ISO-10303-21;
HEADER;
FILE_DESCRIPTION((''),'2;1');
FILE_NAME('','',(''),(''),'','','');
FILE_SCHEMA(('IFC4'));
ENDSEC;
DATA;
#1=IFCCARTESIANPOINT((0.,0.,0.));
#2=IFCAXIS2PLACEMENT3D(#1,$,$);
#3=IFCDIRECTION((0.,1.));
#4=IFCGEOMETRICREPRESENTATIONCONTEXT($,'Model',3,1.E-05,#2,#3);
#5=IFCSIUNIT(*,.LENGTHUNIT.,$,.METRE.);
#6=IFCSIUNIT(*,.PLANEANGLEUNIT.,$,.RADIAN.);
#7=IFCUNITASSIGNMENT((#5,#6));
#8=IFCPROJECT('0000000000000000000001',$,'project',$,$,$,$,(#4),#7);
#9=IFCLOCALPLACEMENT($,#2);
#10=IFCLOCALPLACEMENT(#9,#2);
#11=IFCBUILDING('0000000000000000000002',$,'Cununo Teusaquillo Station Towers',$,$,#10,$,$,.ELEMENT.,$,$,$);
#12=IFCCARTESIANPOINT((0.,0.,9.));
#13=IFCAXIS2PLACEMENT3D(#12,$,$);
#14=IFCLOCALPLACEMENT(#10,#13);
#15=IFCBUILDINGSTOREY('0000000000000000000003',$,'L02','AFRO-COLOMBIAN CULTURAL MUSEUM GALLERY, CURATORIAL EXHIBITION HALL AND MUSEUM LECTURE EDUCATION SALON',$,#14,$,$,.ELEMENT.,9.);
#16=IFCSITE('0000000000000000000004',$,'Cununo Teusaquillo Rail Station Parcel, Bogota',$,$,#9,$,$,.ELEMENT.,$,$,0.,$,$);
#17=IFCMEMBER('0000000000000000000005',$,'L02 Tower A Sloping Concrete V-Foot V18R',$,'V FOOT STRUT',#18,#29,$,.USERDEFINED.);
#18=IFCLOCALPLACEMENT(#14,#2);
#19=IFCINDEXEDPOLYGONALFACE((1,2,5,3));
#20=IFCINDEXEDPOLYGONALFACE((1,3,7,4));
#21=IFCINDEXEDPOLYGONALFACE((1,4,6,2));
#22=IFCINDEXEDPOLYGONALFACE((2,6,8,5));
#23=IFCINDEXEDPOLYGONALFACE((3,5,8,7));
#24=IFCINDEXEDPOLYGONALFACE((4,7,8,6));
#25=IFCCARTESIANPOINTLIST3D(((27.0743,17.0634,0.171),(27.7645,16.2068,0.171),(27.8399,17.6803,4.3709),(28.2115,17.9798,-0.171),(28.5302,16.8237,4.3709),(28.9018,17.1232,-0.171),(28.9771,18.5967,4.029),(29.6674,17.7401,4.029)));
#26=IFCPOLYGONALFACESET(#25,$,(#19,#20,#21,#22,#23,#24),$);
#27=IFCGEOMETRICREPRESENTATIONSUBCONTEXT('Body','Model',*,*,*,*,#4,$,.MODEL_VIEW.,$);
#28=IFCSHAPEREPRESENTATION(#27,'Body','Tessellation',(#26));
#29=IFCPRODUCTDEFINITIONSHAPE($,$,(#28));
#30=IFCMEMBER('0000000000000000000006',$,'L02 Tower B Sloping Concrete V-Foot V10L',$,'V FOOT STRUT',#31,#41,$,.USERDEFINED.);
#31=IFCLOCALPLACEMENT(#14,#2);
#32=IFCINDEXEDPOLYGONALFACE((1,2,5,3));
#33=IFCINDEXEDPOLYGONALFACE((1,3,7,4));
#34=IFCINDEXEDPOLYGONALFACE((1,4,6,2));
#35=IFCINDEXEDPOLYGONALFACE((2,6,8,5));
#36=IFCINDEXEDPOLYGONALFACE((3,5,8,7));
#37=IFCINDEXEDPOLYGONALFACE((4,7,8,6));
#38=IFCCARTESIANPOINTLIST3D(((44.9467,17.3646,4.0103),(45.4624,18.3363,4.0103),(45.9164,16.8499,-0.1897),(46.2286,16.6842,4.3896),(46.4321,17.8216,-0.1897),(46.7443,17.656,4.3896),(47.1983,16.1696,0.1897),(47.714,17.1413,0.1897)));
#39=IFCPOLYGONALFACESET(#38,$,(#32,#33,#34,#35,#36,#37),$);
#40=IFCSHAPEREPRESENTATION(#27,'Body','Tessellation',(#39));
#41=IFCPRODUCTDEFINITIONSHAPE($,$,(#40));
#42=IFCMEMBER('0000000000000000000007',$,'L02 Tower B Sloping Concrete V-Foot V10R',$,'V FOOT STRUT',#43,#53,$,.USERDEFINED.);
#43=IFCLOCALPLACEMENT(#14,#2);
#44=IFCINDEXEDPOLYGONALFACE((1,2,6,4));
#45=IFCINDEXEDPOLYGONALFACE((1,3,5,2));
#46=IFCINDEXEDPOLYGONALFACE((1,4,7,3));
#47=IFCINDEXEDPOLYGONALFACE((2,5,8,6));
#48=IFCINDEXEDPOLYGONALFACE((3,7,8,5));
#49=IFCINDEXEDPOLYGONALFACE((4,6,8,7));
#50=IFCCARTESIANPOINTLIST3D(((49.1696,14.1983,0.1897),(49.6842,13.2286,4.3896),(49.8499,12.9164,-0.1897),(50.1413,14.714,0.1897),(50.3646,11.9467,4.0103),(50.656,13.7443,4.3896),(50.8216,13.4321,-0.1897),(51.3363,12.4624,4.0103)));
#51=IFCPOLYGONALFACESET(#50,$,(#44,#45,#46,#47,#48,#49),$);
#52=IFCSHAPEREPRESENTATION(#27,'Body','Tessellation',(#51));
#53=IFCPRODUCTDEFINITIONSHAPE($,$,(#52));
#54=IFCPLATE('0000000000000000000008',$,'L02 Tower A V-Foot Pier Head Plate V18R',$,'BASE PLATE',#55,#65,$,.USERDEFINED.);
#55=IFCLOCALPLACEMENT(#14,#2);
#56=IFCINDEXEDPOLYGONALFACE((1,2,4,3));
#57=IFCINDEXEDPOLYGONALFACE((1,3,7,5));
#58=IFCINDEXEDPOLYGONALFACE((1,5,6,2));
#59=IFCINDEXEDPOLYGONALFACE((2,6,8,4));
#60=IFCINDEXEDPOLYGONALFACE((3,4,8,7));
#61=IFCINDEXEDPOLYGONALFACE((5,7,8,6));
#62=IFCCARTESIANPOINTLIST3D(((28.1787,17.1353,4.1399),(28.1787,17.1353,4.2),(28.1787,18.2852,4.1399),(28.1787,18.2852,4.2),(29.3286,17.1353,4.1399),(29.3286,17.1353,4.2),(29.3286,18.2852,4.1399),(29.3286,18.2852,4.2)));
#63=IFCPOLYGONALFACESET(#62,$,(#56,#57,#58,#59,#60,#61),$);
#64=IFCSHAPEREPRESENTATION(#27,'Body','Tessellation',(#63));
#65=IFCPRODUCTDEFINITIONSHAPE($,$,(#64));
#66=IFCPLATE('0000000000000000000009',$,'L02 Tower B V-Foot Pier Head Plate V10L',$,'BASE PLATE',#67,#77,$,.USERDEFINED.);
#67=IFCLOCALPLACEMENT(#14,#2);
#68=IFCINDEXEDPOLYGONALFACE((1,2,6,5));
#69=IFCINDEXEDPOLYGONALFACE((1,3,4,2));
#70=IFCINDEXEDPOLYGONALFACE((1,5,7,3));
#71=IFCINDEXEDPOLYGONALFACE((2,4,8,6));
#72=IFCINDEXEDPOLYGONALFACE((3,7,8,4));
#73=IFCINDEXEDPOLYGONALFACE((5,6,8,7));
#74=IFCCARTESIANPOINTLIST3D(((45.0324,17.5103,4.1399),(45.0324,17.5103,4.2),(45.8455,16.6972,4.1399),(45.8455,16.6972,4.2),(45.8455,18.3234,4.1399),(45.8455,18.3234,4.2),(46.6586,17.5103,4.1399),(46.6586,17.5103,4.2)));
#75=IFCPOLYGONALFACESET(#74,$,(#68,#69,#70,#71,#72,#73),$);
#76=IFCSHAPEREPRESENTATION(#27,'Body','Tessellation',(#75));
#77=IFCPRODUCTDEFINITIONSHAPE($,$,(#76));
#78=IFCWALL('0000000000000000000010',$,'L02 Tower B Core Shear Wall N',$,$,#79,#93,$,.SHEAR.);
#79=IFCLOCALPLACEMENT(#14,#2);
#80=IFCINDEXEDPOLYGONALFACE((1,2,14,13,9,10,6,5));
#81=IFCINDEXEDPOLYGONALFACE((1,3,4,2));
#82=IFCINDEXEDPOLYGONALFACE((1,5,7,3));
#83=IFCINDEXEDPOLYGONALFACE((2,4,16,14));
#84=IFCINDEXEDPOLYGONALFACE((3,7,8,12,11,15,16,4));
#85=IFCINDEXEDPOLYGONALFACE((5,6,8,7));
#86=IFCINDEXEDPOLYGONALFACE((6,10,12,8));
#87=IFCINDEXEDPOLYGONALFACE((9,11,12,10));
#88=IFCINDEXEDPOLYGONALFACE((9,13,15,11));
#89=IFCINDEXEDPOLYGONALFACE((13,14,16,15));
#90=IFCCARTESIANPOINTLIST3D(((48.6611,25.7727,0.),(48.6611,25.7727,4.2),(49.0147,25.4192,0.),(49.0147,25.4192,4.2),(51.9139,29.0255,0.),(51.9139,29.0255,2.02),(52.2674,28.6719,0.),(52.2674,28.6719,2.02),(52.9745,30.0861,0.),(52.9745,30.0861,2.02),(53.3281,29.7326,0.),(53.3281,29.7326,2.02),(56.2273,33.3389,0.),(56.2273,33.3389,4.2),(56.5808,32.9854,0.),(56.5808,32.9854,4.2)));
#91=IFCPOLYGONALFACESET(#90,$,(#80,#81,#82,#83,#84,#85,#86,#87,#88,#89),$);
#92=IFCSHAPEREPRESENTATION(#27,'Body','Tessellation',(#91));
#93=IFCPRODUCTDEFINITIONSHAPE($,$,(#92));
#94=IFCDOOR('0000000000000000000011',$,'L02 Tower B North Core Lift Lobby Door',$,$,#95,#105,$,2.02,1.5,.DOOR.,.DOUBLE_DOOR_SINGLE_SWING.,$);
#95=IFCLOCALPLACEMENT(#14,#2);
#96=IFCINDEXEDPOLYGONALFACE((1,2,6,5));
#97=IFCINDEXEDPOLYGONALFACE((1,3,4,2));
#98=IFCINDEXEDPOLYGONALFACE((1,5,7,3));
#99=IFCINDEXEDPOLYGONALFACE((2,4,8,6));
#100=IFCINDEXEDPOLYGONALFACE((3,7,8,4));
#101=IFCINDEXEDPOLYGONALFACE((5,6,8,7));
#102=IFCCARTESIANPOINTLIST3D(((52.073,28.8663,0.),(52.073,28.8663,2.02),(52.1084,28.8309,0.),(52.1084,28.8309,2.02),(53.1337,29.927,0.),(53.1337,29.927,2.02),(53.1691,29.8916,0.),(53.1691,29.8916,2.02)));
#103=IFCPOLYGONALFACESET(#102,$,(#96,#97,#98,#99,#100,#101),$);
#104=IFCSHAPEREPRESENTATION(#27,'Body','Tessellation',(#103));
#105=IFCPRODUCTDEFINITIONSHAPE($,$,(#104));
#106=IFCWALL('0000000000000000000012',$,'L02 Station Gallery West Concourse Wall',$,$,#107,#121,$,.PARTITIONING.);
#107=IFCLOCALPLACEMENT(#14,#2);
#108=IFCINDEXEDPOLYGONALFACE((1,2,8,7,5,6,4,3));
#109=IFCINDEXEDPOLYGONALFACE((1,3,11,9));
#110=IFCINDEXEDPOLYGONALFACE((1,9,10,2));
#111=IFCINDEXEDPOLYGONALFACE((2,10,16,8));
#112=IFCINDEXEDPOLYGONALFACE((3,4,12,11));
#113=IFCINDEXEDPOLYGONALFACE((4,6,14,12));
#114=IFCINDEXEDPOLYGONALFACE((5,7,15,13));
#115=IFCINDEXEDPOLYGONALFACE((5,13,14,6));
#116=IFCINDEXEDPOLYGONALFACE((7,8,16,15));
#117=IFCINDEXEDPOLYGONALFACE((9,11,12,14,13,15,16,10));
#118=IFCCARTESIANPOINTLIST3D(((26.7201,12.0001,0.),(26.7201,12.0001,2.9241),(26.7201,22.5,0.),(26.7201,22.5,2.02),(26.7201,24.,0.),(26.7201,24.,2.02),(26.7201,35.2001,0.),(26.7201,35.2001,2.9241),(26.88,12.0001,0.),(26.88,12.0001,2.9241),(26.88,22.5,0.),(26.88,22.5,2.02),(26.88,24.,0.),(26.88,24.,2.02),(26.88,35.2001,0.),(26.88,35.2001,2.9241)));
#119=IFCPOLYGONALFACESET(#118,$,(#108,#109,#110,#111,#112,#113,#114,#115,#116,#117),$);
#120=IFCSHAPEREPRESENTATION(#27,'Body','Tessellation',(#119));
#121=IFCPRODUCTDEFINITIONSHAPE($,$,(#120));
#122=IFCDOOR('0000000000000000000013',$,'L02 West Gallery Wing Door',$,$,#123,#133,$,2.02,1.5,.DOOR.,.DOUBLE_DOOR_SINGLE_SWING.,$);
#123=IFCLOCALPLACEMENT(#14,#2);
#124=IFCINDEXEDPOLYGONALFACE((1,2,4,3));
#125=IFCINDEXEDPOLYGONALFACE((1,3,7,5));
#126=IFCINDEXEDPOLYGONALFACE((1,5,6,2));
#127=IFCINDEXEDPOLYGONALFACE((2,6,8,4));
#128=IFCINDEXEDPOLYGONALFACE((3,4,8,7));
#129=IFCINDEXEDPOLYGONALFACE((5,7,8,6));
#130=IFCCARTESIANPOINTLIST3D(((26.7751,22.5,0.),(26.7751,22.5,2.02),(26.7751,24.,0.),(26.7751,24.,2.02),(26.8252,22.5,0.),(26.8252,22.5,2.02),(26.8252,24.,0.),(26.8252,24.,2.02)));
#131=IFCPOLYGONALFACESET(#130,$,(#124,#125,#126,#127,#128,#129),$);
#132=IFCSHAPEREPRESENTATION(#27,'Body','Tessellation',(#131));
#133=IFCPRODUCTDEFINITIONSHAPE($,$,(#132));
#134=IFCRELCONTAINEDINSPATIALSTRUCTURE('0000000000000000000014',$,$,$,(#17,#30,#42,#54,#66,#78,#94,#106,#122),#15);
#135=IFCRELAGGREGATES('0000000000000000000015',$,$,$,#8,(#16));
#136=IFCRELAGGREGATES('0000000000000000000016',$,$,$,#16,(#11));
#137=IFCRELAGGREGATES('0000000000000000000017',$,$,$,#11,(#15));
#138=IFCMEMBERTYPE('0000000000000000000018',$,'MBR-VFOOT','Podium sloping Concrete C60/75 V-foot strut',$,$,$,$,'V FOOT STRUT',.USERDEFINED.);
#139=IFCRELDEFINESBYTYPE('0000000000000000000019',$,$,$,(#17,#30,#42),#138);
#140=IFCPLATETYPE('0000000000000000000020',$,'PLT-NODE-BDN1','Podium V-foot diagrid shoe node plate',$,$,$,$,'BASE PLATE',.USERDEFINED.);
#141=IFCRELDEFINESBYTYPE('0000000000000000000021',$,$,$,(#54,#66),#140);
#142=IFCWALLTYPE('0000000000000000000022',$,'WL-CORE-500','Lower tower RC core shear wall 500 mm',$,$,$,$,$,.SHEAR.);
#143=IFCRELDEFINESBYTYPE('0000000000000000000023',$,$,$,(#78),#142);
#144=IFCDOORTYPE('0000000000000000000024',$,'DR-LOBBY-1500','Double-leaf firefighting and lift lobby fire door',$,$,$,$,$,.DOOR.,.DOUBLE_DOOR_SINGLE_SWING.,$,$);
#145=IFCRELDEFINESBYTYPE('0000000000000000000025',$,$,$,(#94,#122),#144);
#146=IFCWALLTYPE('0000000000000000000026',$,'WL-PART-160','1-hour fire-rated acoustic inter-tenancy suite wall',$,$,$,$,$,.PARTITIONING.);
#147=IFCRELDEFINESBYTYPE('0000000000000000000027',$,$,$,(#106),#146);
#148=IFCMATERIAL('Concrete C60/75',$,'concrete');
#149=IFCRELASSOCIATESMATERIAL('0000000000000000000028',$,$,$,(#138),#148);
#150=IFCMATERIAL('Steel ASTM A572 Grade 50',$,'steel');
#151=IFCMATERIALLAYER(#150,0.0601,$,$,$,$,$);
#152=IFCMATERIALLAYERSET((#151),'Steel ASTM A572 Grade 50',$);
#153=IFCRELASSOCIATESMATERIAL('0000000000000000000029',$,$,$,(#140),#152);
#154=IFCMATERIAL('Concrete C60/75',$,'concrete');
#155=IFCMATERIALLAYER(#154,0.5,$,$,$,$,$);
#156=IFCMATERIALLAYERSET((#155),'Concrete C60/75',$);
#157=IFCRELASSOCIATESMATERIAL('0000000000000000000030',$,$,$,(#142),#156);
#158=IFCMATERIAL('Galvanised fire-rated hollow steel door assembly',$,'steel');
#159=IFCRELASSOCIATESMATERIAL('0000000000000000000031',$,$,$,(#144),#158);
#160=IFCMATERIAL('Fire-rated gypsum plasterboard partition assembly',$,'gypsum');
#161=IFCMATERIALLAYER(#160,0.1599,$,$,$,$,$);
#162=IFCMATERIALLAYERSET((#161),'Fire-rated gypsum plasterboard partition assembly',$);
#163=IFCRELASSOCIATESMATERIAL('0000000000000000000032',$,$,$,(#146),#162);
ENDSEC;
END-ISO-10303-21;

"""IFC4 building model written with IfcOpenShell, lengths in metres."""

from ifc_helpers import new_model, si_unit, direction, frame, frame_2d, origin, origin_2d, place, context, subcontext, project, spatial, rectangle, extrude, source, transform, mapped, material, layer, layer_set, material_profile, profile_set, type_object, element, fill, save


model = new_model("IFC4")

# Units and contexts
model_context = context("Model", 3, precision=1e-05, world=origin(), true_north=direction((0.0, 1.0)))
body_context = subcontext(model_context, "Body", "Model", "MODEL_VIEW")
ifc_project = project(units=[si_unit("LENGTHUNIT", "METRE"), si_unit("PLANEANGLEUNIT", "RADIAN")], contexts=[model_context])

# Site, building, storey
site_placement = place(None, origin())
site = spatial("IfcSite", under=ifc_project, at=site_placement, Name="Cununo Teusaquillo Rail Station Parcel, Bogota", CompositionType="ELEMENT", RefElevation=0.0)
building_placement = place(site_placement, origin())
building = spatial("IfcBuilding", under=site, at=building_placement, Name="Cununo Teusaquillo Station Towers", CompositionType="ELEMENT")
storey_placement = place(building_placement, frame((0.0, 0.0, 9.0)))
storey = spatial("IfcBuildingStorey", under=building, at=storey_placement, Name="L02", Description="AFRO-COLOMBIAN CULTURAL MUSEUM GALLERY, CURATORIAL EXHIBITION HALL AND MUSEUM LECTURE EDUCATION SALON", CompositionType="ELEMENT", Elevation=9.0)

# Members
ifc_material_1 = material(Name="Concrete C60/75", Category="concrete")
ifc_material_profile_1 = material_profile(ifc_material_1, rectangle(XDim=1.1001, YDim=1.5, at=origin_2d()), Name="RC-RECT-1500x1100")
ifc_profile_set_1 = profile_set([ifc_material_profile_1], Name="Concrete C60/75")
member_type = type_object("IfcMemberType", Name="MBR-VFOOT", Description="Podium sloping Concrete C60/75 V-foot strut", ElementType="V FOOT STRUT", PredefinedType="USERDEFINED", material=ifc_profile_set_1)
member_placement = place(storey_placement, frame((27.988, 17.0933, 0.0), z_axis=(0.177495, 0.143026, 0.973673), x_axis=(-0.627447, 0.77866, 0.0)))
element("IfcMember", 1, at=member_placement, inside=storey, type_object=member_type, Name="L02 Tower A Sloping Concrete V-Foot V18R", ObjectType="V FOOT STRUT", PredefinedType="USERDEFINED", context=body_context, shape_type="SweptSolid", body=[
    extrude(rectangle(XDim=1.1001, YDim=1.5, at=origin_2d()), origin(), (0.0, 0.0, 1.0), 4.3135),
])
for number, where, z_axis, x_axis, name in (
    (2, (46.8152, 16.9956, 0.0), (-0.223385, 0.118554, 0.967494), (-0.468787, -0.883311, 0.0), "L02 Tower B Sloping Concrete V-Foot V10L"),
    (3, (49.9956, 13.8152, 0.0), (0.118554, -0.223385, 0.967494), (0.883311, 0.468787, 0.0), "L02 Tower B Sloping Concrete V-Foot V10R"),
):
    element("IfcMember", number, at=place(storey_placement, frame(where, z_axis=z_axis, x_axis=x_axis)), inside=storey, type_object=member_type, Name=name, ObjectType="V FOOT STRUT", PredefinedType="USERDEFINED", context=body_context, shape_type="SweptSolid", body=[
        extrude(rectangle(XDim=1.1001, YDim=1.5, at=origin_2d()), origin(), (0.0, 0.0, 1.0), 4.3411),
    ])

# Plates
ifc_material_2 = material(Name="Steel ASTM A572 Grade 50", Category="steel")
ifc_layer_1 = layer(ifc_material_2, 0.0601)
ifc_layer_set_1 = layer_set([ifc_layer_1], Name="Steel ASTM A572 Grade 50")
plate_type = type_object("IfcPlateType", Name="PLT-NODE-BDN1", Description="Podium V-foot diagrid shoe node plate", ElementType="BASE PLATE", PredefinedType="USERDEFINED", material=ifc_layer_set_1)
shared_shape_1 = source(origin(), body_context, "Body", "SweptSolid", [
    extrude(rectangle(XDim=1.1499, YDim=1.1499, at=origin_2d()), origin(), (0.0, 0.0, 1.0), 0.0601),
])
for number, where, z_axis, x_axis, name in (
    (4, (28.7537, 17.7102, 4.1399), (0.0, 0.0, 1.0), (1.0, 0.0, 0.0), "L02 Tower A V-Foot Pier Head Plate V18R"),
    (5, (45.8455, 17.5103, 4.1399), (0.0, 0.0, 1.0), (0.707107, 0.707107, 0.0), "L02 Tower B V-Foot Pier Head Plate V10L"),
):
    element("IfcPlate", number, at=place(storey_placement, frame(where, z_axis=z_axis, x_axis=x_axis)), inside=storey, type_object=plate_type, Name=name, ObjectType="BASE PLATE", PredefinedType="USERDEFINED", context=body_context, shape_type="MappedRepresentation", body=[
        mapped(shared_shape_1, transform((0.0, 0.0, 0.0), x_axis=(1.0, 0.0, 0.0), y_axis=(0.0, 1.0, 0.0), z_axis=(0.0, 0.0, 1.0), scale=1.0)),
    ])

# Walls, openings, doors
ifc_material_3 = material(Name="Concrete C60/75", Category="concrete")
ifc_layer_2 = layer(ifc_material_3, 0.5)
ifc_layer_set_2 = layer_set([ifc_layer_2], Name="Concrete C60/75")
wall_type_1 = type_object("IfcWallType", Name="WL-CORE-500", Description="Lower tower RC core shear wall 500 mm", PredefinedType="SHEAR", material=ifc_layer_set_2)
wall_1_placement = place(storey_placement, frame((48.8379, 25.5959, 0.0), z_axis=(0.0, 0.0, 1.0), x_axis=(0.707107, 0.707107, 0.0)))
wall_1 = element("IfcWall", 6, at=wall_1_placement, inside=storey, type_object=wall_type_1, Name="L02 Tower B Core Shear Wall N", PredefinedType="SHEAR", context=body_context, shape_type="SweptSolid", body=[
    extrude(rectangle(XDim=10.7002, YDim=0.5, at=frame_2d((5.3501, 0.0))), origin(), (0.0, 0.0, 1.0), 4.2),
])
shared_shape_2 = source(origin(), body_context, "Body", "SweptSolid", [
    extrude(rectangle(XDim=1.5, YDim=2.02, at=frame_2d((0.75, 1.01))), frame((0.0, 0.26, 0.0), z_axis=(0.0, -1.0, 0.0), x_axis=(1.0, 0.0, 0.0)), (0.0, 0.0, 1.0), 0.52),
])
opening_1_placement = place(wall_1_placement, frame((4.6001, 0.0, 0.0)))
opening_1 = element("IfcOpeningElement", 7, at=opening_1_placement, cuts=wall_1, PredefinedType="OPENING", context=body_context, shape_type="MappedRepresentation", body=[
    mapped(shared_shape_2, transform((0.0, 0.0, 0.0), x_axis=(1.0, 0.0, 0.0), y_axis=(0.0, 1.0, 0.0), z_axis=(0.0, 0.0, 1.0), scale=1.0)),
])
ifc_material_4 = material(Name="Galvanised fire-rated hollow steel door assembly", Category="steel")
door_type_1 = type_object("IfcDoorType", Name="DR-LOBBY-1500", Description="Double-leaf firefighting and lift lobby fire door", OperationType="DOUBLE_DOOR_SINGLE_SWING", PredefinedType="DOOR", material=ifc_material_4)
shared_shape_3 = source(origin(), body_context, "Body", "SweptSolid", [
    extrude(rectangle(XDim=1.5, YDim=2.02, at=frame_2d((0.75, 1.01))), frame((0.0, 0.0249, 0.0), z_axis=(0.0, -1.0, 0.0), x_axis=(1.0, 0.0, 0.0)), (0.0, 0.0, 1.0), 0.05),
])
door_1_placement = place(opening_1_placement, origin())
door_1 = element("IfcDoor", 8, at=door_1_placement, inside=storey, type_object=door_type_1, Name="L02 Tower B North Core Lift Lobby Door", OperationType="DOUBLE_DOOR_SINGLE_SWING", OverallHeight=2.02, OverallWidth=1.5, PredefinedType="DOOR", context=body_context, shape_type="MappedRepresentation", body=[
    mapped(shared_shape_3, transform((0.0, 0.0, 0.0), x_axis=(1.0, 0.0, 0.0), y_axis=(0.0, 1.0, 0.0), z_axis=(0.0, 0.0, 1.0), scale=1.0)),
])
fill(opening_1, door_1)
ifc_material_5 = material(Name="Fire-rated gypsum plasterboard partition assembly", Category="gypsum")
ifc_layer_3 = layer(ifc_material_5, 0.1599)
ifc_layer_set_3 = layer_set([ifc_layer_3], Name="Fire-rated gypsum plasterboard partition assembly")
wall_type_2 = type_object("IfcWallType", Name="WL-PART-160", Description="1-hour fire-rated acoustic inter-tenancy suite wall", PredefinedType="PARTITIONING", material=ifc_layer_set_3)
wall_2_placement = place(storey_placement, frame((26.8, 12.0, 0.0), z_axis=(0.0, 0.0, 1.0), x_axis=(0.0, 1.0, 0.0)))
wall_2 = element("IfcWall", 9, at=wall_2_placement, inside=storey, type_object=wall_type_2, Name="L02 Station Gallery West Concourse Wall", PredefinedType="PARTITIONING", context=body_context, shape_type="SweptSolid", body=[
    extrude(rectangle(XDim=23.2, YDim=0.1599, at=frame_2d((11.6001, 0.0))), origin(), (0.0, 0.0, 1.0), 2.9241),
])
shared_shape_4 = source(origin(), body_context, "Body", "SweptSolid", [
    extrude(rectangle(XDim=1.5, YDim=2.02, at=frame_2d((0.75, 1.01))), frame((0.0, 0.0898, 0.0), z_axis=(0.0, -1.0, 0.0), x_axis=(1.0, 0.0, 0.0)), (0.0, 0.0, 1.0), 0.1799),
])
opening_2_placement = place(wall_2_placement, frame((10.5, 0.0, 0.0)))
opening_2 = element("IfcOpeningElement", 10, at=opening_2_placement, cuts=wall_2, PredefinedType="OPENING", context=body_context, shape_type="MappedRepresentation", body=[
    mapped(shared_shape_4, transform((0.0, 0.0, 0.0), x_axis=(1.0, 0.0, 0.0), y_axis=(0.0, 1.0, 0.0), z_axis=(0.0, 0.0, 1.0), scale=1.0)),
])
door_2_placement = place(opening_2_placement, origin())
door_2 = element("IfcDoor", 11, at=door_2_placement, inside=storey, type_object=door_type_1, Name="L02 West Gallery Wing Door", OperationType="DOUBLE_DOOR_SINGLE_SWING", OverallHeight=2.02, OverallWidth=1.5, PredefinedType="DOOR", context=body_context, shape_type="MappedRepresentation", body=[
    mapped(shared_shape_3, transform((0.0, 0.0, 0.0), x_axis=(1.0, 0.0, 0.0), y_axis=(0.0, 1.0, 0.0), z_axis=(0.0, 0.0, 1.0), scale=1.0)),
])
fill(opening_2, door_2)

save(model, "model.ifc")
